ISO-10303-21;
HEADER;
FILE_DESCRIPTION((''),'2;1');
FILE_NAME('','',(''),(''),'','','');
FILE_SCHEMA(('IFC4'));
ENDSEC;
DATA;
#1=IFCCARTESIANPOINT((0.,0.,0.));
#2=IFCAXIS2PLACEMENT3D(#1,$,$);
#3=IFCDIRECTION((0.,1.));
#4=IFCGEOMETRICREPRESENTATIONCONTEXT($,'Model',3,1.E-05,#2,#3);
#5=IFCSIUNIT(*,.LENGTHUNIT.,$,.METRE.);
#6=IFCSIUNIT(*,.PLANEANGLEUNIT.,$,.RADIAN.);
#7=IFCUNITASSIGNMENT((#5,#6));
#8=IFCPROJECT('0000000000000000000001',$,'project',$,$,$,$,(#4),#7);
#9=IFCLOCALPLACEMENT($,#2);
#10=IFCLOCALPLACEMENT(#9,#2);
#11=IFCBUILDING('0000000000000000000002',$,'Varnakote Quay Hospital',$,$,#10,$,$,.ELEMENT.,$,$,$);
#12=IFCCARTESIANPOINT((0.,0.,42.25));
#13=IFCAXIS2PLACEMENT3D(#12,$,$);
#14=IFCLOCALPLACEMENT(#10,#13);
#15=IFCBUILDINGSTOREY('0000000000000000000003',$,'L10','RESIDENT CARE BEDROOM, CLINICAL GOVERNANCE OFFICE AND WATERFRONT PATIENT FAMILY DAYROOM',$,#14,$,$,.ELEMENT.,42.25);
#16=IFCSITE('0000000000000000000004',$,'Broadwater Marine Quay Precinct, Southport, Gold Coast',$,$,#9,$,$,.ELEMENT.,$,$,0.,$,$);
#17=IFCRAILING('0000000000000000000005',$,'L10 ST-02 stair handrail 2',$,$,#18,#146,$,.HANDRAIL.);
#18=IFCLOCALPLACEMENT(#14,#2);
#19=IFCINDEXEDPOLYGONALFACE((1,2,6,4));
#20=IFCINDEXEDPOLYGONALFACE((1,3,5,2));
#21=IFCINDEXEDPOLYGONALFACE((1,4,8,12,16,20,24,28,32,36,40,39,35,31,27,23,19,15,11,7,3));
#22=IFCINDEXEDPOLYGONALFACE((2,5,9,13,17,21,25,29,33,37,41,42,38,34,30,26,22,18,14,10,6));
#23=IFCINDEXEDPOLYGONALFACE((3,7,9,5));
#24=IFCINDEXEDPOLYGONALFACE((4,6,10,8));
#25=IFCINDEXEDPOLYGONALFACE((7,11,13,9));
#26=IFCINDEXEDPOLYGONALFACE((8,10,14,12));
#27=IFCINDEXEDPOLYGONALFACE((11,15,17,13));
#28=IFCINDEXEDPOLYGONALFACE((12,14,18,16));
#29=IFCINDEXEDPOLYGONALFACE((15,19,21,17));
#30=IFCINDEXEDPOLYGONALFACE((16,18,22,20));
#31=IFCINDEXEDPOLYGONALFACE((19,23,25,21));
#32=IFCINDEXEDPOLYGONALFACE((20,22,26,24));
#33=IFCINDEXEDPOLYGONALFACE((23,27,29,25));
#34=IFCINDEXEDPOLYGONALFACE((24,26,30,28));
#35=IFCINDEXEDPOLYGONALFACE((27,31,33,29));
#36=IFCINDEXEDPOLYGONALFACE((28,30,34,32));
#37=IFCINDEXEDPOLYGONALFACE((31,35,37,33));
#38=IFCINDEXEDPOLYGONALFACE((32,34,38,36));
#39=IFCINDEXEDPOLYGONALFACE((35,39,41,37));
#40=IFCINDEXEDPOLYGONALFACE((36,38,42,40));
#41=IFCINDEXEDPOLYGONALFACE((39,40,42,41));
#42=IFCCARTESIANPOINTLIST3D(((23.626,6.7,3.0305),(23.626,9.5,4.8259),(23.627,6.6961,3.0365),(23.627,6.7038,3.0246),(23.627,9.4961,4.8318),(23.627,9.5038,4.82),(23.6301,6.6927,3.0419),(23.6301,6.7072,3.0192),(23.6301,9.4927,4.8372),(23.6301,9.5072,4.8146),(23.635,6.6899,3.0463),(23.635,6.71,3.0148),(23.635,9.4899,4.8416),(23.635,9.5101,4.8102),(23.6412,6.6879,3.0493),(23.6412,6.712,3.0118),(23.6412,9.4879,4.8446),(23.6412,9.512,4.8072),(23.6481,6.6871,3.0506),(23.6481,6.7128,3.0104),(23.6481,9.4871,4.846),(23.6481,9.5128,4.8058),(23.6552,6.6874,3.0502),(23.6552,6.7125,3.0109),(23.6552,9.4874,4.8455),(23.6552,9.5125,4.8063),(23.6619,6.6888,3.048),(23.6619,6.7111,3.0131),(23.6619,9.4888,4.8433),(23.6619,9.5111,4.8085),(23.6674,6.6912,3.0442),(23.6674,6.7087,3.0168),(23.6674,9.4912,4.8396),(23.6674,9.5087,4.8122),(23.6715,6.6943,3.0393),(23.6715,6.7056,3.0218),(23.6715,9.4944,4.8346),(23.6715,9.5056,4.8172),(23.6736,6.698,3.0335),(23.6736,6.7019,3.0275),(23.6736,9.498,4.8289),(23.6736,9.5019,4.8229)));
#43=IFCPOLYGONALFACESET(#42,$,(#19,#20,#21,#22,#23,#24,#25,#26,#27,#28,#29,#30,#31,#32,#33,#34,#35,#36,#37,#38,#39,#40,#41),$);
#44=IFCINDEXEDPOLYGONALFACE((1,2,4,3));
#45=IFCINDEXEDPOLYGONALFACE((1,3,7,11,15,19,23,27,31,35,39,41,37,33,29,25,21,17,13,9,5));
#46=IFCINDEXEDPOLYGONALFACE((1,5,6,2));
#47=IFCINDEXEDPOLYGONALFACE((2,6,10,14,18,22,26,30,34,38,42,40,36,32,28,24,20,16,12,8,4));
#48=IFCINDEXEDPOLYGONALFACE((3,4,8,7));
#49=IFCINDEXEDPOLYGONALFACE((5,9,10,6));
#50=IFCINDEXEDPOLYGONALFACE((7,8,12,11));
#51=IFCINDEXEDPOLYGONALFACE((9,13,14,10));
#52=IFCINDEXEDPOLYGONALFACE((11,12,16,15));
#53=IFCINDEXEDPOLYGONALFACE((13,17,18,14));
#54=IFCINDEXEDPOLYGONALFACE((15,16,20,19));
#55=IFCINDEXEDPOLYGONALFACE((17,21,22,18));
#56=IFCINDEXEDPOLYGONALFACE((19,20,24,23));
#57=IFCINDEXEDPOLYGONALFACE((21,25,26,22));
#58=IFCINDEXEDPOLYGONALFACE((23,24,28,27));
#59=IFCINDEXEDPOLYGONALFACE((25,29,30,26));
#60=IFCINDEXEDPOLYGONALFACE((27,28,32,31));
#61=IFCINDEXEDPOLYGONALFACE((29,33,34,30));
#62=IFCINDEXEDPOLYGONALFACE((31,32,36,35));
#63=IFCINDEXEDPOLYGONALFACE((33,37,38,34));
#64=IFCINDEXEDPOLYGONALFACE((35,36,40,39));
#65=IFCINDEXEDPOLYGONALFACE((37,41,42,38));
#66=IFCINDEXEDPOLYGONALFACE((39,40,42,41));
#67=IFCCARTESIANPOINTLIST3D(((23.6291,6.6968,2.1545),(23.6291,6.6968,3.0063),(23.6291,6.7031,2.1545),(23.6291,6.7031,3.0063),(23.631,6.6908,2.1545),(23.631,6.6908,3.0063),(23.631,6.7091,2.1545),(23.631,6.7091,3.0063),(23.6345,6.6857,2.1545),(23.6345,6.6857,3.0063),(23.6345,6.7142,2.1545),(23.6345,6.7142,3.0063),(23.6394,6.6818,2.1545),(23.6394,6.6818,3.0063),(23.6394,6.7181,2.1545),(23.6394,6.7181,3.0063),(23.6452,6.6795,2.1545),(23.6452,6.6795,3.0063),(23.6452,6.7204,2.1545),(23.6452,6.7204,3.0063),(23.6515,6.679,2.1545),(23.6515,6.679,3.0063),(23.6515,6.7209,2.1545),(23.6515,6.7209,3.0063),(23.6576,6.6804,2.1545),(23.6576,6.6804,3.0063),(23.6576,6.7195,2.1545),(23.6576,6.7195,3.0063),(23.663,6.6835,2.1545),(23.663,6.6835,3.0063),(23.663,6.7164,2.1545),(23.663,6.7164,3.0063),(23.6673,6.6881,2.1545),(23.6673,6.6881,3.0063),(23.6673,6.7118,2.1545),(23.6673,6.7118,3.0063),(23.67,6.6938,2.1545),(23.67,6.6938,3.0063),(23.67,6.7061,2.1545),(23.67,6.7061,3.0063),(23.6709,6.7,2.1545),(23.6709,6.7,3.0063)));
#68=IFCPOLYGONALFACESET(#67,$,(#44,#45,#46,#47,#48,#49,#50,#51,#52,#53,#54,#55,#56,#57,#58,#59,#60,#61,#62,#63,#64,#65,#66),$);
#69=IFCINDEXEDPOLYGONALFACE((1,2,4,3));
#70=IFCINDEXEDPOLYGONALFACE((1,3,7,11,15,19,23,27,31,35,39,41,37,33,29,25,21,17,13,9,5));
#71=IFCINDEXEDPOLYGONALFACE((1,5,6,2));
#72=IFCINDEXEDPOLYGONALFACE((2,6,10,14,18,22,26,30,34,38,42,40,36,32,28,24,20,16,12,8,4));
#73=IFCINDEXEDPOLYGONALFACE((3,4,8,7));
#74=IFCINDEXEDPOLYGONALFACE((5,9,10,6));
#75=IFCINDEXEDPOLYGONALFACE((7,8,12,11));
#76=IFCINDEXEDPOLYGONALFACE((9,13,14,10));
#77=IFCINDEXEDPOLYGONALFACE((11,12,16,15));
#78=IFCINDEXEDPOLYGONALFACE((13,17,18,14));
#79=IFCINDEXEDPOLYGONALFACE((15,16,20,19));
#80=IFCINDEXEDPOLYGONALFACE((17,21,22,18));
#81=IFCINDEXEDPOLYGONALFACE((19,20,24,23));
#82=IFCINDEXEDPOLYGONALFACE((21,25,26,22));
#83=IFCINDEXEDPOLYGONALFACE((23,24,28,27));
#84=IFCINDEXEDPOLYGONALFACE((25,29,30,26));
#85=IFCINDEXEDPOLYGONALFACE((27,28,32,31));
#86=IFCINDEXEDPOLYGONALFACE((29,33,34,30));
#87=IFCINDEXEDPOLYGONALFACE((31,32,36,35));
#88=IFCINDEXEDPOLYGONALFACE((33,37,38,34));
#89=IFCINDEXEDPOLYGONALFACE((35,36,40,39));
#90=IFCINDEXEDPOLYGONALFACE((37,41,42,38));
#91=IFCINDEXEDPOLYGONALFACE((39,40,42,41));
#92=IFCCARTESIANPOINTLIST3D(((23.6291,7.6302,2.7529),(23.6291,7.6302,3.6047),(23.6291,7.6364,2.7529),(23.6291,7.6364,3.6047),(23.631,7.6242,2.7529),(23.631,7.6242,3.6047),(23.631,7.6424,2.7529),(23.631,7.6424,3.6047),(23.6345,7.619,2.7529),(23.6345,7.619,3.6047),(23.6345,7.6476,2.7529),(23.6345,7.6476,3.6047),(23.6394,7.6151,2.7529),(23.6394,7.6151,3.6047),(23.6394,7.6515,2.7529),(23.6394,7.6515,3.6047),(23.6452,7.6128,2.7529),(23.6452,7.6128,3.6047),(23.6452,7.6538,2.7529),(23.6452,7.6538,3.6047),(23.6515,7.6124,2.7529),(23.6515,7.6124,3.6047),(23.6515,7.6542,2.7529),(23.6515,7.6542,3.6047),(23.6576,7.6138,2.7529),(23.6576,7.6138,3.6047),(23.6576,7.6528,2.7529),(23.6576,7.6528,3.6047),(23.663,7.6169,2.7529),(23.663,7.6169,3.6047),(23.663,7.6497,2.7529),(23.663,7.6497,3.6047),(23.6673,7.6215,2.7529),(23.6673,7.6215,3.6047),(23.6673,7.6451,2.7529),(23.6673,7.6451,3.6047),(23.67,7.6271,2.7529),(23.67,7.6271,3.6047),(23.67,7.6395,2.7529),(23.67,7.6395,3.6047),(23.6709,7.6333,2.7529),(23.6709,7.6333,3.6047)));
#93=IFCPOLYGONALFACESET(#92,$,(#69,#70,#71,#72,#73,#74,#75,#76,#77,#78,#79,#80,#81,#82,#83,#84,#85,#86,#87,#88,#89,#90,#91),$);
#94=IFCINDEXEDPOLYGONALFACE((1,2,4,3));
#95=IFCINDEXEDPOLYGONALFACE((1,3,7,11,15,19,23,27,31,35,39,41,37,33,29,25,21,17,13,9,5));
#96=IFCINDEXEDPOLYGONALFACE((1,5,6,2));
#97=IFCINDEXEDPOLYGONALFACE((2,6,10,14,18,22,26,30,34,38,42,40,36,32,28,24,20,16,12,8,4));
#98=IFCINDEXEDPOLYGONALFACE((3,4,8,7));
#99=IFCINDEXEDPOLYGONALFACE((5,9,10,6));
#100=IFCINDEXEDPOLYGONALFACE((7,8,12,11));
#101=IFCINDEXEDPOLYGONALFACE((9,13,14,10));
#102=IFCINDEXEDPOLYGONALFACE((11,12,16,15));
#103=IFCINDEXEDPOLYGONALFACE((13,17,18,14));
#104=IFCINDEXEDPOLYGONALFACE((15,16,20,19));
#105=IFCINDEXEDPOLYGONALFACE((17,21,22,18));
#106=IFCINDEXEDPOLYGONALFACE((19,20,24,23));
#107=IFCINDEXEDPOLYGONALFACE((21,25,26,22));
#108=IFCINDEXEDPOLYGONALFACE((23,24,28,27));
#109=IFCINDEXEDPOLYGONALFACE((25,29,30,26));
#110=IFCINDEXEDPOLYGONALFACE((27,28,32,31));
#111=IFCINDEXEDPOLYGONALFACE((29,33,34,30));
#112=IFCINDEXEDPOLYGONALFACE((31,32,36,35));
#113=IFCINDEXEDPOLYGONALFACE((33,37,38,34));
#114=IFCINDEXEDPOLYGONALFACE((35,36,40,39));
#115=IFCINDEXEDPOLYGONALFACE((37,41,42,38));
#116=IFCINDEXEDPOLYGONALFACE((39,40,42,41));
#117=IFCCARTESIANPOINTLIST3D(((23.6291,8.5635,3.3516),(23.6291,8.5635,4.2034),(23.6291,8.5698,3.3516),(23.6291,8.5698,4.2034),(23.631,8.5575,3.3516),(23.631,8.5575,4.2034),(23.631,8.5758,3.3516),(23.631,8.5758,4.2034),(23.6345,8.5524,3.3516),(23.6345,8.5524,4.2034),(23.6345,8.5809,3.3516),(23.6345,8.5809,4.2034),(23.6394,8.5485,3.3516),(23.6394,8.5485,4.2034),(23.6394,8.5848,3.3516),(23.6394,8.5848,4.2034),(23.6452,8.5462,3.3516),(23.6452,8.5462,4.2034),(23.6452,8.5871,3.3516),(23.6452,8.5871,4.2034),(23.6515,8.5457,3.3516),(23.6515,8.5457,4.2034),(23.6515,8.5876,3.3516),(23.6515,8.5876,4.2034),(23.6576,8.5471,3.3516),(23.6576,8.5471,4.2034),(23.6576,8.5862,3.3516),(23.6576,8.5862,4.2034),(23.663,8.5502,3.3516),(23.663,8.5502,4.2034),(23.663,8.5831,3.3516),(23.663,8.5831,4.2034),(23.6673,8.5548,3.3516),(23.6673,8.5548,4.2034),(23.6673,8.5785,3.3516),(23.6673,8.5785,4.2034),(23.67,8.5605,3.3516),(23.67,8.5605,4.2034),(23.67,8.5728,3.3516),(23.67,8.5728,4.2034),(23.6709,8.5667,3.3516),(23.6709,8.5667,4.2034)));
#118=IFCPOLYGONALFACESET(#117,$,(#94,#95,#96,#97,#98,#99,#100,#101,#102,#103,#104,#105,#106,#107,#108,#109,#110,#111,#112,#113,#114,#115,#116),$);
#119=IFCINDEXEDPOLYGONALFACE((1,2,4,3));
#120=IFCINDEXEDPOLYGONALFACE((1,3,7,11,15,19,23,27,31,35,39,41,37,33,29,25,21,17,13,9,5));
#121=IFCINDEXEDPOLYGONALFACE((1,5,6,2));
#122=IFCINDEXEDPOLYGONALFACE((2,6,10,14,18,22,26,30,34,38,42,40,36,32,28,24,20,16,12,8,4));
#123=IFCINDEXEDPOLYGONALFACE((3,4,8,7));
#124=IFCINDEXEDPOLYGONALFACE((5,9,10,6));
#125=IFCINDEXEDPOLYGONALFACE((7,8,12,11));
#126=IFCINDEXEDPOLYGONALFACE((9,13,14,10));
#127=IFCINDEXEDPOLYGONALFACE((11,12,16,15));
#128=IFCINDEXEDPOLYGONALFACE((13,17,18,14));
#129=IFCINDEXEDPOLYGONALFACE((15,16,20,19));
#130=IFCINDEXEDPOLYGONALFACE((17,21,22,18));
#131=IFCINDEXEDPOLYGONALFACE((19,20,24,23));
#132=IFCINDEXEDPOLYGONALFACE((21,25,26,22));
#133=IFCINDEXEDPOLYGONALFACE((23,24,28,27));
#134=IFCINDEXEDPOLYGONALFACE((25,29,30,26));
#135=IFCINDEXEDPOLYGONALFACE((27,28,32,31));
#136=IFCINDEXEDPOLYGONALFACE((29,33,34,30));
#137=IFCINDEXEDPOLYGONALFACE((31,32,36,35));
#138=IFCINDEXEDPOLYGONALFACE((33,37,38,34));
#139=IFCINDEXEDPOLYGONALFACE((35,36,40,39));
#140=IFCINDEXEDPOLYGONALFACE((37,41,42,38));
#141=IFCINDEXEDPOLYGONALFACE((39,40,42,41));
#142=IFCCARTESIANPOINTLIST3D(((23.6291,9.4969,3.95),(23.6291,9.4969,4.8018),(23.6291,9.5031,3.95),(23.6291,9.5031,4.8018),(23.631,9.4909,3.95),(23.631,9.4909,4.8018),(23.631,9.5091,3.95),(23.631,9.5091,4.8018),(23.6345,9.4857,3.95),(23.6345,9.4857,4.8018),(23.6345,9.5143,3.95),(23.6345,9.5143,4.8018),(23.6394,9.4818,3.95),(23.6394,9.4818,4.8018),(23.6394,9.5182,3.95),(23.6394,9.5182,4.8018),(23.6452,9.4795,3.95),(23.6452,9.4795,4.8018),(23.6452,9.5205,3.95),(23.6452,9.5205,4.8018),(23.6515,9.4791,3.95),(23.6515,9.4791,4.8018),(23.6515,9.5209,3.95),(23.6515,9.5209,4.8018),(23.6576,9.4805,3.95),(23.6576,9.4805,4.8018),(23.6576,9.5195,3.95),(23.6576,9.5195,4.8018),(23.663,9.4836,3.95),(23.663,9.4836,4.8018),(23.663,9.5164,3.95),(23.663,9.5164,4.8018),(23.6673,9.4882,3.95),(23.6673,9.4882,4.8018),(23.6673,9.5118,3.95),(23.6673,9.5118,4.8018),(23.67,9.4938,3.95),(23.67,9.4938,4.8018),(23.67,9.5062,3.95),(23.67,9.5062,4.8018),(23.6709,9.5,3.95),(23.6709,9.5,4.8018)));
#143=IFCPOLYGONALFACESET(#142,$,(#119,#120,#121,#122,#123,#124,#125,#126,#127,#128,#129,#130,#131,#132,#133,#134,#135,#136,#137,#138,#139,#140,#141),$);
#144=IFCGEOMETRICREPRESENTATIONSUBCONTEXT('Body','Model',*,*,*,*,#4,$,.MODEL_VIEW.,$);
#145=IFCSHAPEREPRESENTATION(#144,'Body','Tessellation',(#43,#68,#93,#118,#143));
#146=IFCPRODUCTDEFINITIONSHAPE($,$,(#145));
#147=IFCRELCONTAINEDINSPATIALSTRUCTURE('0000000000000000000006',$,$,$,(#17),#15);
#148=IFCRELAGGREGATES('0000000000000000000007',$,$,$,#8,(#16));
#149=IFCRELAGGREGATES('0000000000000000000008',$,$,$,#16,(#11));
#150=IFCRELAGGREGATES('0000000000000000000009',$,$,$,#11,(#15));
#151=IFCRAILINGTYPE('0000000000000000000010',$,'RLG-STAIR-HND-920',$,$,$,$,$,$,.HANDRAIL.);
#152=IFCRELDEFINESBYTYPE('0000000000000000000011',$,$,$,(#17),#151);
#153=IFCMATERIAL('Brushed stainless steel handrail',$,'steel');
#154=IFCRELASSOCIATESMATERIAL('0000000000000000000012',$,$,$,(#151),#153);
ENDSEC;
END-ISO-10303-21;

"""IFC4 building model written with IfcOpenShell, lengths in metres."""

from ifc_helpers import new_model, si_unit, direction, frame, origin, origin_2d, place, context, subcontext, project, spatial, circle, extrude, material, type_object, element, save


model = new_model("IFC4")

# Units and contexts
model_context = context("Model", 3, precision=1e-05, world=origin(), true_north=direction((0.0, 1.0)))
body_context = subcontext(model_context, "Body", "Model", "MODEL_VIEW")
ifc_project = project(units=[si_unit("LENGTHUNIT", "METRE"), si_unit("PLANEANGLEUNIT", "RADIAN")], contexts=[model_context])

# Site, building, storey
site_placement = place(None, origin())
site = spatial("IfcSite", under=ifc_project, at=site_placement, Name="Broadwater Marine Quay Precinct, Southport, Gold Coast", CompositionType="ELEMENT", RefElevation=0.0)
building_placement = place(site_placement, origin())
building = spatial("IfcBuilding", under=site, at=building_placement, Name="Varnakote Quay Hospital", CompositionType="ELEMENT")
storey_placement = place(building_placement, frame((0.0, 0.0, 42.25)))
storey = spatial("IfcBuildingStorey", under=building, at=storey_placement, Name="L10", Description="RESIDENT CARE BEDROOM, CLINICAL GOVERNANCE OFFICE AND WATERFRONT PATIENT FAMILY DAYROOM", CompositionType="ELEMENT", Elevation=42.25)

# Railing
ifc_material_1 = material(Name="Brushed stainless steel handrail", Category="steel")
railing_type = type_object("IfcRailingType", Name="RLG-STAIR-HND-920", PredefinedType="HANDRAIL", material=ifc_material_1)
railing_placement = place(storey_placement, frame((23.6499, 6.7, 2.1545)))
element("IfcRailing", 1, at=railing_placement, inside=storey, type_object=railing_type, Name="L10 ST-02 stair handrail 2", PredefinedType="HANDRAIL", context=body_context, shape_type="SweptSolid", body=[
    extrude(circle(Radius=0.0239, at=origin_2d()), frame((0.0, 0.0, 0.876), z_axis=(0.0, 0.84181, 0.539774), x_axis=(-1.0, 0.0, 0.0)), (0.0, 0.0, 1.0), 3.3262),
    extrude(circle(Radius=0.021, at=origin_2d()), origin(), (0.0, 0.0, 1.0), 0.8518),
    extrude(circle(Radius=0.021, at=origin_2d()), frame((0.0, 0.9333, 0.5984)), (0.0, 0.0, 1.0), 0.8518),
    extrude(circle(Radius=0.021, at=origin_2d()), frame((0.0, 1.8667, 1.197)), (0.0, 0.0, 1.0), 0.8518),
    extrude(circle(Radius=0.021, at=origin_2d()), frame((0.0, 2.8, 1.7954)), (0.0, 0.0, 1.0), 0.8518),
])

save(model, "model.ifc")
